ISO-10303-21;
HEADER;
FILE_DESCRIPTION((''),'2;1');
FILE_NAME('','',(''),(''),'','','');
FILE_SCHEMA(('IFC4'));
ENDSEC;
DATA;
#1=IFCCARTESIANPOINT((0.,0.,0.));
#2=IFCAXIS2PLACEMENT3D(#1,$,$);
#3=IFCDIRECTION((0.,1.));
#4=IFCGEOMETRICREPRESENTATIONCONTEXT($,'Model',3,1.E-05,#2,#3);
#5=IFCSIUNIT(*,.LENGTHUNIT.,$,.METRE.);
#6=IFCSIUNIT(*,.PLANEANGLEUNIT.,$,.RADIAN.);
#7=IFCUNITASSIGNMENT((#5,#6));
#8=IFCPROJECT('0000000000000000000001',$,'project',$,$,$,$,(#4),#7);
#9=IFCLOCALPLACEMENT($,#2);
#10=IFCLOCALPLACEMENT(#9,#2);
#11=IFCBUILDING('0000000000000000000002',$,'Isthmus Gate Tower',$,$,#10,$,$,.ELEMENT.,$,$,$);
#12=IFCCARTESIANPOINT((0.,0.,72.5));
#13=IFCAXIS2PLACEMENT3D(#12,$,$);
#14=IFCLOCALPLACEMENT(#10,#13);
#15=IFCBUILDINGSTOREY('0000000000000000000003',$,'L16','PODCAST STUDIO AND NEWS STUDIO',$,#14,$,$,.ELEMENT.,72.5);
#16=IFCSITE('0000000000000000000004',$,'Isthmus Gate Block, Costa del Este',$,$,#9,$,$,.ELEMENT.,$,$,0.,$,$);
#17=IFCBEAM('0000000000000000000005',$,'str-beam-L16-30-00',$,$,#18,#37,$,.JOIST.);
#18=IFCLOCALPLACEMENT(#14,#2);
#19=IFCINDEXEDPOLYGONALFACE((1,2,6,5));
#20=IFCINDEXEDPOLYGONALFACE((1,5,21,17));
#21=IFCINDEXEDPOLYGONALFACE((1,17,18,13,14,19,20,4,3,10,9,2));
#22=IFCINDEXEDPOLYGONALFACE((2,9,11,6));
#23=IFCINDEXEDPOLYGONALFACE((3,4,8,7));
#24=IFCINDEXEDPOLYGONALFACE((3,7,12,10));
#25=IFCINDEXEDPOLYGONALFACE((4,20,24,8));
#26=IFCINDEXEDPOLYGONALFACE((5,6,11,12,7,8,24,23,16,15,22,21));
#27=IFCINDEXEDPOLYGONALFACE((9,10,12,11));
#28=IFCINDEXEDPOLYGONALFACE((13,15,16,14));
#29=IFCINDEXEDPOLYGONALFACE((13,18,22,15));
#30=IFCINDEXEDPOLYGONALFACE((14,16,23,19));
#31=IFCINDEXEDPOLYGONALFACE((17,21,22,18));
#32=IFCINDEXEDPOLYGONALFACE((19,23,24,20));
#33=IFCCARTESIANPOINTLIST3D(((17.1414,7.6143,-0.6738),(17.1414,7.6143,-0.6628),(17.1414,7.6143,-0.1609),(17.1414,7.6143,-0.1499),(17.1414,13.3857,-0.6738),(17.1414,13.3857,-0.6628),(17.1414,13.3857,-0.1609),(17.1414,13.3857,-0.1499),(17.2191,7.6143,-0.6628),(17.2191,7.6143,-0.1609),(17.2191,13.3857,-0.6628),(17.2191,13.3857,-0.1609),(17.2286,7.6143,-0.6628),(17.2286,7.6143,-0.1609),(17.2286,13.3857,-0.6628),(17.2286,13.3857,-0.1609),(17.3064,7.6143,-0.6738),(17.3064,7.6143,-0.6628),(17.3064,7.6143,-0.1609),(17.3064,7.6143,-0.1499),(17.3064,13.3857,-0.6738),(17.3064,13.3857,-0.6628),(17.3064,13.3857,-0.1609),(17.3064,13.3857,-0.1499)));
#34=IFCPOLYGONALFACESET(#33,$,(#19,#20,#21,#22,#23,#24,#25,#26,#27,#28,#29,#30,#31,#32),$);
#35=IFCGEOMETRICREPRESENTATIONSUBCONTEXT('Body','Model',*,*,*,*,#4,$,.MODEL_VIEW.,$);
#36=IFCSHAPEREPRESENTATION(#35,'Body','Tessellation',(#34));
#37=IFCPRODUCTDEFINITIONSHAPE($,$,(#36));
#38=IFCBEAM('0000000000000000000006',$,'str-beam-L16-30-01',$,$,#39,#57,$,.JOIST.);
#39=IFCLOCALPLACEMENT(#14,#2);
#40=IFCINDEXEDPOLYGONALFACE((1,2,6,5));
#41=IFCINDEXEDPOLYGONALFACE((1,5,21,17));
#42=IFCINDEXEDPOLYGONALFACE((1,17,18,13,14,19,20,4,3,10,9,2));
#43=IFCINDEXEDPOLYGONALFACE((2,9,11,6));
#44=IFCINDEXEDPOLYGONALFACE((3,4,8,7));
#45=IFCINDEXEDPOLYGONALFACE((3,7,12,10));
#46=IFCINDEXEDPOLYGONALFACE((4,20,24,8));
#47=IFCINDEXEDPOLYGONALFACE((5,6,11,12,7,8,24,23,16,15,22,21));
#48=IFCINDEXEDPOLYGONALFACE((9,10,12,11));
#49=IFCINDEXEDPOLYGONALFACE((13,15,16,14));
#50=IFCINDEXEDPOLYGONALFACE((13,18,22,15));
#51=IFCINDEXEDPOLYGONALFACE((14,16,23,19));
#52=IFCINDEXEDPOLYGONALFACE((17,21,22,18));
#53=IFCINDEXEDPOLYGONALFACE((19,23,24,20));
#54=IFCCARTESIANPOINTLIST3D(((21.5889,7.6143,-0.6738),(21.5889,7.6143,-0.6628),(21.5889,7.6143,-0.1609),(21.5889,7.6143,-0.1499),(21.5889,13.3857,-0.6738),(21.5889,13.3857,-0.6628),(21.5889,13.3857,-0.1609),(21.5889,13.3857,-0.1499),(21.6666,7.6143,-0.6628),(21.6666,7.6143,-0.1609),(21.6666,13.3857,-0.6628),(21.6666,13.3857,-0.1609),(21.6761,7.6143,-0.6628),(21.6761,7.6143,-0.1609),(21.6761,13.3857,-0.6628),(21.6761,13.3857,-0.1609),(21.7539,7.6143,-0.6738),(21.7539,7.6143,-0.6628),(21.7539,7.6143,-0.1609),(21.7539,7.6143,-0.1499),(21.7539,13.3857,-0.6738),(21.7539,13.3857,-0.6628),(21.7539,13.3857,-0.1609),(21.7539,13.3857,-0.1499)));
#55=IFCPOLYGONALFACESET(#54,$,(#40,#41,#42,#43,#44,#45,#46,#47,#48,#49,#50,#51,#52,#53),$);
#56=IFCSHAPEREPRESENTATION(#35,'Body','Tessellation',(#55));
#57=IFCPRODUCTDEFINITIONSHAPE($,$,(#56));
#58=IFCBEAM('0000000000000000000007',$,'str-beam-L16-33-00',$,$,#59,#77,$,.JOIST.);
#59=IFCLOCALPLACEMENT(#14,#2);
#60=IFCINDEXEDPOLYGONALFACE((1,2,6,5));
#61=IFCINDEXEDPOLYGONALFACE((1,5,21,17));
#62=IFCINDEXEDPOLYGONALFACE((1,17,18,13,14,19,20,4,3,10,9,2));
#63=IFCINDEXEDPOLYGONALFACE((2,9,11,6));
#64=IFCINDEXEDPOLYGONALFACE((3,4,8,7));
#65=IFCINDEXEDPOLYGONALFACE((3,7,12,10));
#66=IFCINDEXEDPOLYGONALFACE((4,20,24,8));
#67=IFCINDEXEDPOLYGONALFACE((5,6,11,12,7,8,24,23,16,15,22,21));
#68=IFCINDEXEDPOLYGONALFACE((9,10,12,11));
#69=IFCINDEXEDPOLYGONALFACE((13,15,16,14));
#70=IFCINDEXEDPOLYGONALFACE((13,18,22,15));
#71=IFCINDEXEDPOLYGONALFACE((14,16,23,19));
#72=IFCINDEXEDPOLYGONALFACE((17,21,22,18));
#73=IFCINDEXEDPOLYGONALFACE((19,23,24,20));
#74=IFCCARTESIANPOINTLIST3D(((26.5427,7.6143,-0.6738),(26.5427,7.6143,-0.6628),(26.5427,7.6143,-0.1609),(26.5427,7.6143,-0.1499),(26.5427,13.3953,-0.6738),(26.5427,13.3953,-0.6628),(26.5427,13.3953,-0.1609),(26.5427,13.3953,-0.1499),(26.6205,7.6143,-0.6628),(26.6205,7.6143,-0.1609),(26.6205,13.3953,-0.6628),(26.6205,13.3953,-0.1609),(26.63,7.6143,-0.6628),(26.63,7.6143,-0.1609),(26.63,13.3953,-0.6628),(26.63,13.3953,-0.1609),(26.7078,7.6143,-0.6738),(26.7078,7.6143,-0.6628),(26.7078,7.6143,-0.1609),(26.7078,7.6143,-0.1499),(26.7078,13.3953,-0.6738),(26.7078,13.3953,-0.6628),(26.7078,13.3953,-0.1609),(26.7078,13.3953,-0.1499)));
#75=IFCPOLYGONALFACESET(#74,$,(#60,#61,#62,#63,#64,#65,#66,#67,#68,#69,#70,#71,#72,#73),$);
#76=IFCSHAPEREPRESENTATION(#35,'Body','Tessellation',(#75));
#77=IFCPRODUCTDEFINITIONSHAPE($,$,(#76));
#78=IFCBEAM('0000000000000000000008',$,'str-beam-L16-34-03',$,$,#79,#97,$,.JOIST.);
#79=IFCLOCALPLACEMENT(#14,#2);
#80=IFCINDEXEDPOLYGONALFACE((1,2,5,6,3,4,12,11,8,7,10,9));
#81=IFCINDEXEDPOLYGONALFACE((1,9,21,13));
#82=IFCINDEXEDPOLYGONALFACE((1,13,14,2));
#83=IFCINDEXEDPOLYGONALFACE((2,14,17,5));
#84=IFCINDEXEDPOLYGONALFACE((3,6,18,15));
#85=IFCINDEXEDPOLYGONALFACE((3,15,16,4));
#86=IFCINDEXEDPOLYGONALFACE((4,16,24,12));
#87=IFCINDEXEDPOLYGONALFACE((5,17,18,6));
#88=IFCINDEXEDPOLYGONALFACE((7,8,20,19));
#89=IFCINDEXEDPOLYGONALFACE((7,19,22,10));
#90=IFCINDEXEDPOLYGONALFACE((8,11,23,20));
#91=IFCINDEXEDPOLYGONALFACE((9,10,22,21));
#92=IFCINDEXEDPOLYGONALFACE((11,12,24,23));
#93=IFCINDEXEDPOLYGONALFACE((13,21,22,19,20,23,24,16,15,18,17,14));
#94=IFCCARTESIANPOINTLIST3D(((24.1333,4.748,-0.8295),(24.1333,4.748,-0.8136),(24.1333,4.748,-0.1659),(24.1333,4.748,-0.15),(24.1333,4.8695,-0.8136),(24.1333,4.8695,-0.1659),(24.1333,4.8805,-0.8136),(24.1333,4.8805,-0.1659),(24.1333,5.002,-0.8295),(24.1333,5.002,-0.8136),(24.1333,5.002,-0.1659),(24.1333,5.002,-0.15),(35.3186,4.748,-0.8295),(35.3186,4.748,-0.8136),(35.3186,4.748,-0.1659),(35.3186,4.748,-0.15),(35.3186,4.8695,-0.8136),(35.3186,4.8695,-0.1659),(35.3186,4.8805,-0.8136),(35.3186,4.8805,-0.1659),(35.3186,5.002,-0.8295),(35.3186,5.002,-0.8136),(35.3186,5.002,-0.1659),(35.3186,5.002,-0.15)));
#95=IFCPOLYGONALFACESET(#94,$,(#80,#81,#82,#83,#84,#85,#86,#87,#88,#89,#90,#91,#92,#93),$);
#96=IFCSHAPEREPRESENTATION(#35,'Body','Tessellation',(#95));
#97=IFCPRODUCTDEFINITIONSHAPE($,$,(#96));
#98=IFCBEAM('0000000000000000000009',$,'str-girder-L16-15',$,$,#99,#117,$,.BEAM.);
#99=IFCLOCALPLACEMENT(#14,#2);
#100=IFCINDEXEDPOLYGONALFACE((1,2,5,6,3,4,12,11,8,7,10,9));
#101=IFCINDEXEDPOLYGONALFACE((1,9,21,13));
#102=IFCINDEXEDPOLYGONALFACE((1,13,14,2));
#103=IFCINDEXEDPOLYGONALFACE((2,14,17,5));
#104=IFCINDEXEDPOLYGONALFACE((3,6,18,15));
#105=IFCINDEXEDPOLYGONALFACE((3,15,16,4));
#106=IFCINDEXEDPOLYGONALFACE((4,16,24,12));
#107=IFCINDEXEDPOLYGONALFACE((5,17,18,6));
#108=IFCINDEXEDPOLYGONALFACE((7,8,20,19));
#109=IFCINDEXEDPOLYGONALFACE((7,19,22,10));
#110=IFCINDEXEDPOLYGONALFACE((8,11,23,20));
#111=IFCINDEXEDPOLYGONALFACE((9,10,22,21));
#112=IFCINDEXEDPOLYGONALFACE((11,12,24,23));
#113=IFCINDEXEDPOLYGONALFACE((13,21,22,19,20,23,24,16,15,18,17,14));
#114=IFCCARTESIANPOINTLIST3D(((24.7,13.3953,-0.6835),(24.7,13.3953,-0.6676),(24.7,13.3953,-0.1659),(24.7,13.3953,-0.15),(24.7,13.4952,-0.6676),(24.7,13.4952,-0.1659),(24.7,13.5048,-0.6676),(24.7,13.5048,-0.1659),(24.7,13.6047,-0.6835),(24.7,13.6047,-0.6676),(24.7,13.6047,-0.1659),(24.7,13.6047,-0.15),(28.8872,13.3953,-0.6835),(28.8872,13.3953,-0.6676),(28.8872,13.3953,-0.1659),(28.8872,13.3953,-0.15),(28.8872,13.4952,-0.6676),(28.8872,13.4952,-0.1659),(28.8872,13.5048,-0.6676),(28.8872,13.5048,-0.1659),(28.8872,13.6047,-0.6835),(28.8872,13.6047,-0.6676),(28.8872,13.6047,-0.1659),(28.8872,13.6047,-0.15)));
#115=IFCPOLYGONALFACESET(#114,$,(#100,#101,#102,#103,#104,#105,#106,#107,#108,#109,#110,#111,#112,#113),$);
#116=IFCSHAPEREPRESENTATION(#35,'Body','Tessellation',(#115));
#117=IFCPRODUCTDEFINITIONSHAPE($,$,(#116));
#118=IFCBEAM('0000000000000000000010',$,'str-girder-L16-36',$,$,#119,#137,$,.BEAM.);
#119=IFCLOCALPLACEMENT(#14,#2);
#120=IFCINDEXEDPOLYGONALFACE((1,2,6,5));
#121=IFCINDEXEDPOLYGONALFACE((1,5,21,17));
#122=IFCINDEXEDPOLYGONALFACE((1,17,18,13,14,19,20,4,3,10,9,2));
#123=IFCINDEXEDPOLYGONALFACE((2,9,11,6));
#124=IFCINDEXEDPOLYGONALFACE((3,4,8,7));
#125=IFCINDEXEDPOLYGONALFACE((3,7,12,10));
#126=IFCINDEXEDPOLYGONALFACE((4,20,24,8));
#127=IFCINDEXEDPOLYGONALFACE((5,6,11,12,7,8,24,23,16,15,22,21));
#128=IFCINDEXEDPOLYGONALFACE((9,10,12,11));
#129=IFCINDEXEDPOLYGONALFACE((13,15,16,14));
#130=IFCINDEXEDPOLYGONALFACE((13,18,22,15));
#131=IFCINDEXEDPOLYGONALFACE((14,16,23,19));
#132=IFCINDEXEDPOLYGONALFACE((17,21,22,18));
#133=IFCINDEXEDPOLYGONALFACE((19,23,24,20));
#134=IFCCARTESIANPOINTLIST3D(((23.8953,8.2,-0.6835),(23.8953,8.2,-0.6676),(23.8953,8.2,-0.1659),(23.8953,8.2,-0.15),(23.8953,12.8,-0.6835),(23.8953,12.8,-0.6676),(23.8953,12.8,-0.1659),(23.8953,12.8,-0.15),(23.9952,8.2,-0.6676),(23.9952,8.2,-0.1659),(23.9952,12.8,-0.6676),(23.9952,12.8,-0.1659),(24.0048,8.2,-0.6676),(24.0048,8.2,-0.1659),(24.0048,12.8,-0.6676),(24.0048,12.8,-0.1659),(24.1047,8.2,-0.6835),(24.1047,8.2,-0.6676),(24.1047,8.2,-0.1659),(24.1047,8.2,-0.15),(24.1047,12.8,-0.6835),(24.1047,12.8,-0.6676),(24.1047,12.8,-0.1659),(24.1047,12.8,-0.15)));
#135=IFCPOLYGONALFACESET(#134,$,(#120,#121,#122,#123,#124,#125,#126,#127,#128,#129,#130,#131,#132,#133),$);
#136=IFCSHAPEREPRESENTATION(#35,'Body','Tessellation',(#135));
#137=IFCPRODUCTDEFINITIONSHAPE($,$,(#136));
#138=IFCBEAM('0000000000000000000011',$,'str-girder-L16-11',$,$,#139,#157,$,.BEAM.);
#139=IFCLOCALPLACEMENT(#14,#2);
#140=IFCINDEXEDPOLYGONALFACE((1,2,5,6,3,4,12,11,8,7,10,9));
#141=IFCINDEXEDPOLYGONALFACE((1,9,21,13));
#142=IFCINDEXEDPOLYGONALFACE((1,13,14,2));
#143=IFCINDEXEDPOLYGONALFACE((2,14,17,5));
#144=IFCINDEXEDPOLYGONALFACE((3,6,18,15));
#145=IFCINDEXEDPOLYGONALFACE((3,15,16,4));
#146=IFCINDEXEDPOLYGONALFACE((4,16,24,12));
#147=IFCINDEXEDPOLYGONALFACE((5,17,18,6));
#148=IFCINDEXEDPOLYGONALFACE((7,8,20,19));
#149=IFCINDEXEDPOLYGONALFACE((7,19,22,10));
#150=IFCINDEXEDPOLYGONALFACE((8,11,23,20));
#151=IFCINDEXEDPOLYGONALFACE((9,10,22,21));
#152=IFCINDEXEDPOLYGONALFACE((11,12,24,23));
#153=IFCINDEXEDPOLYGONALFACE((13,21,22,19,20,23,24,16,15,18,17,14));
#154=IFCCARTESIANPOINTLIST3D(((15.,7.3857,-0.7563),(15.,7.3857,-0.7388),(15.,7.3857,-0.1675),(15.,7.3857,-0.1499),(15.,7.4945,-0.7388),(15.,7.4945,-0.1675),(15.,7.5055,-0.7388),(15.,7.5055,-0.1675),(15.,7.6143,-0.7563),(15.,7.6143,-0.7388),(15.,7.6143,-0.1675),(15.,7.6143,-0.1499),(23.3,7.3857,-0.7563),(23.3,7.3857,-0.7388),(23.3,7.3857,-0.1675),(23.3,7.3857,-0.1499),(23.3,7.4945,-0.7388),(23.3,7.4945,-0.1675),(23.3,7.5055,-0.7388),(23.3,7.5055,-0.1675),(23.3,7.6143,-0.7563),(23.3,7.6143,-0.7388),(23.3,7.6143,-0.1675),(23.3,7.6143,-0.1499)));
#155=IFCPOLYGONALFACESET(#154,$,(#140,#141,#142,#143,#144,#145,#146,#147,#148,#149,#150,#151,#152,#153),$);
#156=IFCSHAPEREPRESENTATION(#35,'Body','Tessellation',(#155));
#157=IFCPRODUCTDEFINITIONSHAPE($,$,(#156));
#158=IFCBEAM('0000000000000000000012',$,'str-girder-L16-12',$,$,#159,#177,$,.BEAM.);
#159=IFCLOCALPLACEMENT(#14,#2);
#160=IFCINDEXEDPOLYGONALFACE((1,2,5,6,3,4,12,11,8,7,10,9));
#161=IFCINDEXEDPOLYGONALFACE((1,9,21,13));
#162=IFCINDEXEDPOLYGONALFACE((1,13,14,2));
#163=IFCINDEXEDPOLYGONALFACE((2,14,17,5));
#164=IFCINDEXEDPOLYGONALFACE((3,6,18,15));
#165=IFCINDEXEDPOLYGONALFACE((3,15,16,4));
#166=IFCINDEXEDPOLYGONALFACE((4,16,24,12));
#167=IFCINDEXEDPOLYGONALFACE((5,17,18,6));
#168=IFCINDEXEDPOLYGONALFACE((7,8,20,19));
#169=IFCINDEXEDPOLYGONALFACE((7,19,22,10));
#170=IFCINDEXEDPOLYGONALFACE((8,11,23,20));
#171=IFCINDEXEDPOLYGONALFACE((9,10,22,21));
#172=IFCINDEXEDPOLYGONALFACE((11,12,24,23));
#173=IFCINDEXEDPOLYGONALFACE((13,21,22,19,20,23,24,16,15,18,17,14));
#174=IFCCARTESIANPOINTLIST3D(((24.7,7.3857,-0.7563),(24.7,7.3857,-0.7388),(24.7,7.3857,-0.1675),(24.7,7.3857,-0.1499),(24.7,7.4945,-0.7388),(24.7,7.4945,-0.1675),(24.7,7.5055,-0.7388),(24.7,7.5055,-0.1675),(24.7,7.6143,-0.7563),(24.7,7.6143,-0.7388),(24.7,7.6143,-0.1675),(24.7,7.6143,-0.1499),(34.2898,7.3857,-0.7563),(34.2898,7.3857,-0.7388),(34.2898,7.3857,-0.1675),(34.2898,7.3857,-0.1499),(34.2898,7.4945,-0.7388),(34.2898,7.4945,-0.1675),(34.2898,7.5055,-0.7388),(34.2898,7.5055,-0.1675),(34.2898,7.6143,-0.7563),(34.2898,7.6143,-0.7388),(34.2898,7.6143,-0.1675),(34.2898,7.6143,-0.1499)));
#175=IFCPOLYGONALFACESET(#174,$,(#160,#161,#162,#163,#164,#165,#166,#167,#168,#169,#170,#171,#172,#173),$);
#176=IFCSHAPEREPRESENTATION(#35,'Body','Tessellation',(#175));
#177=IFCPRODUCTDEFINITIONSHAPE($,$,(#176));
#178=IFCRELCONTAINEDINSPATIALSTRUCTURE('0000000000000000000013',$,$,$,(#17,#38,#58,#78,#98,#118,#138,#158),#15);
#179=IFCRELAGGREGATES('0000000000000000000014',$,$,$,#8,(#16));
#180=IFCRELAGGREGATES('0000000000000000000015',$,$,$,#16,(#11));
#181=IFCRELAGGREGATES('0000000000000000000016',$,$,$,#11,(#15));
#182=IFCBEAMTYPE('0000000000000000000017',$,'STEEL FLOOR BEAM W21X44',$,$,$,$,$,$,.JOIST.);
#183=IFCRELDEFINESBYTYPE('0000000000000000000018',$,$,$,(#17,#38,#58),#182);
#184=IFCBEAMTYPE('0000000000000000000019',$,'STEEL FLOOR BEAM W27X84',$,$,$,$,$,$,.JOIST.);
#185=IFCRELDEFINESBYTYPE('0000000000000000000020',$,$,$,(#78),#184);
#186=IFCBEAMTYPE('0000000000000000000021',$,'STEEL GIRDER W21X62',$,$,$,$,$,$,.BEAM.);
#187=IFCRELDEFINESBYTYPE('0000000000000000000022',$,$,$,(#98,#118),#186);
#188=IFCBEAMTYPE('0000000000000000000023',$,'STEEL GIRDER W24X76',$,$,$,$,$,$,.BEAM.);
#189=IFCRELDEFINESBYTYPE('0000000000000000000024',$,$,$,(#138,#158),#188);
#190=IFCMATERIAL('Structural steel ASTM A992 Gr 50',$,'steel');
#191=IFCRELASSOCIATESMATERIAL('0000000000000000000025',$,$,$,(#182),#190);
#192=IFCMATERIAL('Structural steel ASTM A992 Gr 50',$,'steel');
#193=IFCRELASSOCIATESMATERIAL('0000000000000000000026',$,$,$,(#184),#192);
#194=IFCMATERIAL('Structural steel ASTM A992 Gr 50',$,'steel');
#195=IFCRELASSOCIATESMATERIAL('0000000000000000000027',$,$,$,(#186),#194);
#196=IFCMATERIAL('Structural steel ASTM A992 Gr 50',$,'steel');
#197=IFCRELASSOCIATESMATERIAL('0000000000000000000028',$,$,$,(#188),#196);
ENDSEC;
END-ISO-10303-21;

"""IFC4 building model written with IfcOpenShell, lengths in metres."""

from ifc_helpers import new_model, si_unit, direction, frame, origin, origin_2d, place, context, subcontext, project, spatial, i_section, extrude, material, material_profile, profile_set, type_object, element, save


model = new_model("IFC4")

# Units and contexts
model_context = context("Model", 3, precision=1e-05, world=origin(), true_north=direction((0.0, 1.0)))
body_context = subcontext(model_context, "Body", "Model", "MODEL_VIEW")
ifc_project = project(units=[si_unit("LENGTHUNIT", "METRE"), si_unit("PLANEANGLEUNIT", "RADIAN")], contexts=[model_context])

# Site, building, storey
site_placement = place(None, origin())
site = spatial("IfcSite", under=ifc_project, at=site_placement, Name="Isthmus Gate Block, Costa del Este", CompositionType="ELEMENT", RefElevation=0.0)
building_placement = place(site_placement, origin())
building = spatial("IfcBuilding", under=site, at=building_placement, Name="Isthmus Gate Tower", CompositionType="ELEMENT")
storey_placement = place(building_placement, frame((0.0, 0.0, 72.5)))
storey = spatial("IfcBuildingStorey", under=building, at=storey_placement, Name="L16", Description="PODCAST STUDIO AND NEWS STUDIO", CompositionType="ELEMENT", Elevation=72.5)

# Beams
ifc_material_1 = material(Name="Structural steel ASTM A992 Gr 50", Category="steel")
ifc_material_profile_1 = material_profile(ifc_material_1, i_section(OverallWidth=0.165, OverallDepth=0.5239, WebThickness=0.0095, FlangeThickness=0.011, at=origin_2d()), Name="W21X44")
ifc_profile_set_1 = profile_set([ifc_material_profile_1], Name="Structural steel ASTM A992 Gr 50")
beam_type_1 = type_object("IfcBeamType", Name="STEEL FLOOR BEAM W21X44", PredefinedType="JOIST", material=ifc_profile_set_1)
for number, where, z_axis, x_axis, name in (
    (1, (17.2239, 7.6143, -0.4119), (0.0, 1.0, 0.0), (-1.0, 0.0, 0.0), "str-beam-L16-30-00"),
    (2, (21.6714, 7.6143, -0.4119), (0.0, 1.0, 0.0), (-1.0, 0.0, 0.0), "str-beam-L16-30-01"),
):
    element("IfcBeam", number, at=place(storey_placement, frame(where, z_axis=z_axis, x_axis=x_axis)), inside=storey, type_object=beam_type_1, Name=name, PredefinedType="JOIST", context=body_context, shape_type="SweptSolid", body=[
        extrude(i_section(OverallWidth=0.165, OverallDepth=0.5239, WebThickness=0.0095, FlangeThickness=0.011, at=origin_2d()), origin(), (0.0, 0.0, 1.0), 5.7715),
    ])
beam_1_placement = place(storey_placement, frame((26.6252, 7.6143, -0.4119), z_axis=(0.0, 1.0, 0.0), x_axis=(-1.0, 0.0, 0.0)))
element("IfcBeam", 3, at=beam_1_placement, inside=storey, type_object=beam_type_1, Name="str-beam-L16-33-00", PredefinedType="JOIST", context=body_context, shape_type="SweptSolid", body=[
    extrude(i_section(OverallWidth=0.165, OverallDepth=0.5239, WebThickness=0.0095, FlangeThickness=0.011, at=origin_2d()), origin(), (0.0, 0.0, 1.0), 5.781),
])
ifc_material_2 = material(Name="Structural steel ASTM A992 Gr 50", Category="steel")
ifc_material_profile_2 = material_profile(ifc_material_2, i_section(OverallWidth=0.2539, OverallDepth=0.6794, WebThickness=0.011, FlangeThickness=0.0159, at=origin_2d()), Name="W27X84")
ifc_profile_set_2 = profile_set([ifc_material_profile_2], Name="Structural steel ASTM A992 Gr 50")
beam_type_2 = type_object("IfcBeamType", Name="STEEL FLOOR BEAM W27X84", PredefinedType="JOIST", material=ifc_profile_set_2)
beam_2_placement = place(storey_placement, frame((24.1333, 4.875, -0.4897), z_axis=(1.0, 0.0, 0.0), x_axis=(0.0, 1.0, 0.0)))
element("IfcBeam", 4, at=beam_2_placement, inside=storey, type_object=beam_type_2, Name="str-beam-L16-34-03", PredefinedType="JOIST", context=body_context, shape_type="SweptSolid", body=[
    extrude(i_section(OverallWidth=0.2539, OverallDepth=0.6794, WebThickness=0.011, FlangeThickness=0.0159, at=origin_2d()), origin(), (0.0, 0.0, 1.0), 11.1853),
])
ifc_material_3 = material(Name="Structural steel ASTM A992 Gr 50", Category="steel")
ifc_material_profile_3 = material_profile(ifc_material_3, i_section(OverallWidth=0.2095, OverallDepth=0.5334, WebThickness=0.0095, FlangeThickness=0.0159, at=origin_2d()), Name="W21X62")
ifc_profile_set_3 = profile_set([ifc_material_profile_3], Name="Structural steel ASTM A992 Gr 50")
beam_type_3 = type_object("IfcBeamType", Name="STEEL GIRDER W21X62", PredefinedType="BEAM", material=ifc_profile_set_3)
beam_3_placement = place(storey_placement, frame((24.7, 13.5, -0.4167), z_axis=(1.0, 0.0, 0.0), x_axis=(0.0, 1.0, 0.0)))
element("IfcBeam", 5, at=beam_3_placement, inside=storey, type_object=beam_type_3, Name="str-girder-L16-15", PredefinedType="BEAM", context=body_context, shape_type="SweptSolid", body=[
    extrude(i_section(OverallWidth=0.2095, OverallDepth=0.5334, WebThickness=0.0095, FlangeThickness=0.0159, at=origin_2d()), origin(), (0.0, 0.0, 1.0), 4.1873),
])
beam_4_placement = place(storey_placement, frame((24.0, 8.2, -0.4167), z_axis=(0.0, 1.0, 0.0), x_axis=(-1.0, 0.0, 0.0)))
element("IfcBeam", 6, at=beam_4_placement, inside=storey, type_object=beam_type_3, Name="str-girder-L16-36", PredefinedType="BEAM", context=body_context, shape_type="SweptSolid", body=[
    extrude(i_section(OverallWidth=0.2095, OverallDepth=0.5334, WebThickness=0.0095, FlangeThickness=0.0159, at=origin_2d()), origin(), (0.0, 0.0, 1.0), 4.6001),
])
ifc_material_4 = material(Name="Structural steel ASTM A992 Gr 50", Category="steel")
ifc_material_profile_4 = material_profile(ifc_material_4, i_section(OverallWidth=0.2285, OverallDepth=0.6064, WebThickness=0.011, FlangeThickness=0.0176, at=origin_2d()), Name="W24X76")
ifc_profile_set_4 = profile_set([ifc_material_profile_4], Name="Structural steel ASTM A992 Gr 50")
beam_type_4 = type_object("IfcBeamType", Name="STEEL GIRDER W24X76", PredefinedType="BEAM", material=ifc_profile_set_4)
beam_5_placement = place(storey_placement, frame((15.0, 7.5, -0.4531), z_axis=(1.0, 0.0, 0.0), x_axis=(0.0, 1.0, 0.0)))
element("IfcBeam", 7, at=beam_5_placement, inside=storey, type_object=beam_type_4, Name="str-girder-L16-11", PredefinedType="BEAM", context=body_context, shape_type="SweptSolid", body=[
    extrude(i_section(OverallWidth=0.2285, OverallDepth=0.6064, WebThickness=0.011, FlangeThickness=0.0176, at=origin_2d()), origin(), (0.0, 0.0, 1.0), 8.3),
])
beam_6_placement = place(storey_placement, frame((24.7, 7.5, -0.4531), z_axis=(1.0, 0.0, 0.0), x_axis=(0.0, 1.0, 0.0)))
element("IfcBeam", 8, at=beam_6_placement, inside=storey, type_object=beam_type_4, Name="str-girder-L16-12", PredefinedType="BEAM", context=body_context, shape_type="SweptSolid", body=[
    extrude(i_section(OverallWidth=0.2285, OverallDepth=0.6064, WebThickness=0.011, FlangeThickness=0.0176, at=origin_2d()), origin(), (0.0, 0.0, 1.0), 9.5898),
])

save(model, "model.ifc")
